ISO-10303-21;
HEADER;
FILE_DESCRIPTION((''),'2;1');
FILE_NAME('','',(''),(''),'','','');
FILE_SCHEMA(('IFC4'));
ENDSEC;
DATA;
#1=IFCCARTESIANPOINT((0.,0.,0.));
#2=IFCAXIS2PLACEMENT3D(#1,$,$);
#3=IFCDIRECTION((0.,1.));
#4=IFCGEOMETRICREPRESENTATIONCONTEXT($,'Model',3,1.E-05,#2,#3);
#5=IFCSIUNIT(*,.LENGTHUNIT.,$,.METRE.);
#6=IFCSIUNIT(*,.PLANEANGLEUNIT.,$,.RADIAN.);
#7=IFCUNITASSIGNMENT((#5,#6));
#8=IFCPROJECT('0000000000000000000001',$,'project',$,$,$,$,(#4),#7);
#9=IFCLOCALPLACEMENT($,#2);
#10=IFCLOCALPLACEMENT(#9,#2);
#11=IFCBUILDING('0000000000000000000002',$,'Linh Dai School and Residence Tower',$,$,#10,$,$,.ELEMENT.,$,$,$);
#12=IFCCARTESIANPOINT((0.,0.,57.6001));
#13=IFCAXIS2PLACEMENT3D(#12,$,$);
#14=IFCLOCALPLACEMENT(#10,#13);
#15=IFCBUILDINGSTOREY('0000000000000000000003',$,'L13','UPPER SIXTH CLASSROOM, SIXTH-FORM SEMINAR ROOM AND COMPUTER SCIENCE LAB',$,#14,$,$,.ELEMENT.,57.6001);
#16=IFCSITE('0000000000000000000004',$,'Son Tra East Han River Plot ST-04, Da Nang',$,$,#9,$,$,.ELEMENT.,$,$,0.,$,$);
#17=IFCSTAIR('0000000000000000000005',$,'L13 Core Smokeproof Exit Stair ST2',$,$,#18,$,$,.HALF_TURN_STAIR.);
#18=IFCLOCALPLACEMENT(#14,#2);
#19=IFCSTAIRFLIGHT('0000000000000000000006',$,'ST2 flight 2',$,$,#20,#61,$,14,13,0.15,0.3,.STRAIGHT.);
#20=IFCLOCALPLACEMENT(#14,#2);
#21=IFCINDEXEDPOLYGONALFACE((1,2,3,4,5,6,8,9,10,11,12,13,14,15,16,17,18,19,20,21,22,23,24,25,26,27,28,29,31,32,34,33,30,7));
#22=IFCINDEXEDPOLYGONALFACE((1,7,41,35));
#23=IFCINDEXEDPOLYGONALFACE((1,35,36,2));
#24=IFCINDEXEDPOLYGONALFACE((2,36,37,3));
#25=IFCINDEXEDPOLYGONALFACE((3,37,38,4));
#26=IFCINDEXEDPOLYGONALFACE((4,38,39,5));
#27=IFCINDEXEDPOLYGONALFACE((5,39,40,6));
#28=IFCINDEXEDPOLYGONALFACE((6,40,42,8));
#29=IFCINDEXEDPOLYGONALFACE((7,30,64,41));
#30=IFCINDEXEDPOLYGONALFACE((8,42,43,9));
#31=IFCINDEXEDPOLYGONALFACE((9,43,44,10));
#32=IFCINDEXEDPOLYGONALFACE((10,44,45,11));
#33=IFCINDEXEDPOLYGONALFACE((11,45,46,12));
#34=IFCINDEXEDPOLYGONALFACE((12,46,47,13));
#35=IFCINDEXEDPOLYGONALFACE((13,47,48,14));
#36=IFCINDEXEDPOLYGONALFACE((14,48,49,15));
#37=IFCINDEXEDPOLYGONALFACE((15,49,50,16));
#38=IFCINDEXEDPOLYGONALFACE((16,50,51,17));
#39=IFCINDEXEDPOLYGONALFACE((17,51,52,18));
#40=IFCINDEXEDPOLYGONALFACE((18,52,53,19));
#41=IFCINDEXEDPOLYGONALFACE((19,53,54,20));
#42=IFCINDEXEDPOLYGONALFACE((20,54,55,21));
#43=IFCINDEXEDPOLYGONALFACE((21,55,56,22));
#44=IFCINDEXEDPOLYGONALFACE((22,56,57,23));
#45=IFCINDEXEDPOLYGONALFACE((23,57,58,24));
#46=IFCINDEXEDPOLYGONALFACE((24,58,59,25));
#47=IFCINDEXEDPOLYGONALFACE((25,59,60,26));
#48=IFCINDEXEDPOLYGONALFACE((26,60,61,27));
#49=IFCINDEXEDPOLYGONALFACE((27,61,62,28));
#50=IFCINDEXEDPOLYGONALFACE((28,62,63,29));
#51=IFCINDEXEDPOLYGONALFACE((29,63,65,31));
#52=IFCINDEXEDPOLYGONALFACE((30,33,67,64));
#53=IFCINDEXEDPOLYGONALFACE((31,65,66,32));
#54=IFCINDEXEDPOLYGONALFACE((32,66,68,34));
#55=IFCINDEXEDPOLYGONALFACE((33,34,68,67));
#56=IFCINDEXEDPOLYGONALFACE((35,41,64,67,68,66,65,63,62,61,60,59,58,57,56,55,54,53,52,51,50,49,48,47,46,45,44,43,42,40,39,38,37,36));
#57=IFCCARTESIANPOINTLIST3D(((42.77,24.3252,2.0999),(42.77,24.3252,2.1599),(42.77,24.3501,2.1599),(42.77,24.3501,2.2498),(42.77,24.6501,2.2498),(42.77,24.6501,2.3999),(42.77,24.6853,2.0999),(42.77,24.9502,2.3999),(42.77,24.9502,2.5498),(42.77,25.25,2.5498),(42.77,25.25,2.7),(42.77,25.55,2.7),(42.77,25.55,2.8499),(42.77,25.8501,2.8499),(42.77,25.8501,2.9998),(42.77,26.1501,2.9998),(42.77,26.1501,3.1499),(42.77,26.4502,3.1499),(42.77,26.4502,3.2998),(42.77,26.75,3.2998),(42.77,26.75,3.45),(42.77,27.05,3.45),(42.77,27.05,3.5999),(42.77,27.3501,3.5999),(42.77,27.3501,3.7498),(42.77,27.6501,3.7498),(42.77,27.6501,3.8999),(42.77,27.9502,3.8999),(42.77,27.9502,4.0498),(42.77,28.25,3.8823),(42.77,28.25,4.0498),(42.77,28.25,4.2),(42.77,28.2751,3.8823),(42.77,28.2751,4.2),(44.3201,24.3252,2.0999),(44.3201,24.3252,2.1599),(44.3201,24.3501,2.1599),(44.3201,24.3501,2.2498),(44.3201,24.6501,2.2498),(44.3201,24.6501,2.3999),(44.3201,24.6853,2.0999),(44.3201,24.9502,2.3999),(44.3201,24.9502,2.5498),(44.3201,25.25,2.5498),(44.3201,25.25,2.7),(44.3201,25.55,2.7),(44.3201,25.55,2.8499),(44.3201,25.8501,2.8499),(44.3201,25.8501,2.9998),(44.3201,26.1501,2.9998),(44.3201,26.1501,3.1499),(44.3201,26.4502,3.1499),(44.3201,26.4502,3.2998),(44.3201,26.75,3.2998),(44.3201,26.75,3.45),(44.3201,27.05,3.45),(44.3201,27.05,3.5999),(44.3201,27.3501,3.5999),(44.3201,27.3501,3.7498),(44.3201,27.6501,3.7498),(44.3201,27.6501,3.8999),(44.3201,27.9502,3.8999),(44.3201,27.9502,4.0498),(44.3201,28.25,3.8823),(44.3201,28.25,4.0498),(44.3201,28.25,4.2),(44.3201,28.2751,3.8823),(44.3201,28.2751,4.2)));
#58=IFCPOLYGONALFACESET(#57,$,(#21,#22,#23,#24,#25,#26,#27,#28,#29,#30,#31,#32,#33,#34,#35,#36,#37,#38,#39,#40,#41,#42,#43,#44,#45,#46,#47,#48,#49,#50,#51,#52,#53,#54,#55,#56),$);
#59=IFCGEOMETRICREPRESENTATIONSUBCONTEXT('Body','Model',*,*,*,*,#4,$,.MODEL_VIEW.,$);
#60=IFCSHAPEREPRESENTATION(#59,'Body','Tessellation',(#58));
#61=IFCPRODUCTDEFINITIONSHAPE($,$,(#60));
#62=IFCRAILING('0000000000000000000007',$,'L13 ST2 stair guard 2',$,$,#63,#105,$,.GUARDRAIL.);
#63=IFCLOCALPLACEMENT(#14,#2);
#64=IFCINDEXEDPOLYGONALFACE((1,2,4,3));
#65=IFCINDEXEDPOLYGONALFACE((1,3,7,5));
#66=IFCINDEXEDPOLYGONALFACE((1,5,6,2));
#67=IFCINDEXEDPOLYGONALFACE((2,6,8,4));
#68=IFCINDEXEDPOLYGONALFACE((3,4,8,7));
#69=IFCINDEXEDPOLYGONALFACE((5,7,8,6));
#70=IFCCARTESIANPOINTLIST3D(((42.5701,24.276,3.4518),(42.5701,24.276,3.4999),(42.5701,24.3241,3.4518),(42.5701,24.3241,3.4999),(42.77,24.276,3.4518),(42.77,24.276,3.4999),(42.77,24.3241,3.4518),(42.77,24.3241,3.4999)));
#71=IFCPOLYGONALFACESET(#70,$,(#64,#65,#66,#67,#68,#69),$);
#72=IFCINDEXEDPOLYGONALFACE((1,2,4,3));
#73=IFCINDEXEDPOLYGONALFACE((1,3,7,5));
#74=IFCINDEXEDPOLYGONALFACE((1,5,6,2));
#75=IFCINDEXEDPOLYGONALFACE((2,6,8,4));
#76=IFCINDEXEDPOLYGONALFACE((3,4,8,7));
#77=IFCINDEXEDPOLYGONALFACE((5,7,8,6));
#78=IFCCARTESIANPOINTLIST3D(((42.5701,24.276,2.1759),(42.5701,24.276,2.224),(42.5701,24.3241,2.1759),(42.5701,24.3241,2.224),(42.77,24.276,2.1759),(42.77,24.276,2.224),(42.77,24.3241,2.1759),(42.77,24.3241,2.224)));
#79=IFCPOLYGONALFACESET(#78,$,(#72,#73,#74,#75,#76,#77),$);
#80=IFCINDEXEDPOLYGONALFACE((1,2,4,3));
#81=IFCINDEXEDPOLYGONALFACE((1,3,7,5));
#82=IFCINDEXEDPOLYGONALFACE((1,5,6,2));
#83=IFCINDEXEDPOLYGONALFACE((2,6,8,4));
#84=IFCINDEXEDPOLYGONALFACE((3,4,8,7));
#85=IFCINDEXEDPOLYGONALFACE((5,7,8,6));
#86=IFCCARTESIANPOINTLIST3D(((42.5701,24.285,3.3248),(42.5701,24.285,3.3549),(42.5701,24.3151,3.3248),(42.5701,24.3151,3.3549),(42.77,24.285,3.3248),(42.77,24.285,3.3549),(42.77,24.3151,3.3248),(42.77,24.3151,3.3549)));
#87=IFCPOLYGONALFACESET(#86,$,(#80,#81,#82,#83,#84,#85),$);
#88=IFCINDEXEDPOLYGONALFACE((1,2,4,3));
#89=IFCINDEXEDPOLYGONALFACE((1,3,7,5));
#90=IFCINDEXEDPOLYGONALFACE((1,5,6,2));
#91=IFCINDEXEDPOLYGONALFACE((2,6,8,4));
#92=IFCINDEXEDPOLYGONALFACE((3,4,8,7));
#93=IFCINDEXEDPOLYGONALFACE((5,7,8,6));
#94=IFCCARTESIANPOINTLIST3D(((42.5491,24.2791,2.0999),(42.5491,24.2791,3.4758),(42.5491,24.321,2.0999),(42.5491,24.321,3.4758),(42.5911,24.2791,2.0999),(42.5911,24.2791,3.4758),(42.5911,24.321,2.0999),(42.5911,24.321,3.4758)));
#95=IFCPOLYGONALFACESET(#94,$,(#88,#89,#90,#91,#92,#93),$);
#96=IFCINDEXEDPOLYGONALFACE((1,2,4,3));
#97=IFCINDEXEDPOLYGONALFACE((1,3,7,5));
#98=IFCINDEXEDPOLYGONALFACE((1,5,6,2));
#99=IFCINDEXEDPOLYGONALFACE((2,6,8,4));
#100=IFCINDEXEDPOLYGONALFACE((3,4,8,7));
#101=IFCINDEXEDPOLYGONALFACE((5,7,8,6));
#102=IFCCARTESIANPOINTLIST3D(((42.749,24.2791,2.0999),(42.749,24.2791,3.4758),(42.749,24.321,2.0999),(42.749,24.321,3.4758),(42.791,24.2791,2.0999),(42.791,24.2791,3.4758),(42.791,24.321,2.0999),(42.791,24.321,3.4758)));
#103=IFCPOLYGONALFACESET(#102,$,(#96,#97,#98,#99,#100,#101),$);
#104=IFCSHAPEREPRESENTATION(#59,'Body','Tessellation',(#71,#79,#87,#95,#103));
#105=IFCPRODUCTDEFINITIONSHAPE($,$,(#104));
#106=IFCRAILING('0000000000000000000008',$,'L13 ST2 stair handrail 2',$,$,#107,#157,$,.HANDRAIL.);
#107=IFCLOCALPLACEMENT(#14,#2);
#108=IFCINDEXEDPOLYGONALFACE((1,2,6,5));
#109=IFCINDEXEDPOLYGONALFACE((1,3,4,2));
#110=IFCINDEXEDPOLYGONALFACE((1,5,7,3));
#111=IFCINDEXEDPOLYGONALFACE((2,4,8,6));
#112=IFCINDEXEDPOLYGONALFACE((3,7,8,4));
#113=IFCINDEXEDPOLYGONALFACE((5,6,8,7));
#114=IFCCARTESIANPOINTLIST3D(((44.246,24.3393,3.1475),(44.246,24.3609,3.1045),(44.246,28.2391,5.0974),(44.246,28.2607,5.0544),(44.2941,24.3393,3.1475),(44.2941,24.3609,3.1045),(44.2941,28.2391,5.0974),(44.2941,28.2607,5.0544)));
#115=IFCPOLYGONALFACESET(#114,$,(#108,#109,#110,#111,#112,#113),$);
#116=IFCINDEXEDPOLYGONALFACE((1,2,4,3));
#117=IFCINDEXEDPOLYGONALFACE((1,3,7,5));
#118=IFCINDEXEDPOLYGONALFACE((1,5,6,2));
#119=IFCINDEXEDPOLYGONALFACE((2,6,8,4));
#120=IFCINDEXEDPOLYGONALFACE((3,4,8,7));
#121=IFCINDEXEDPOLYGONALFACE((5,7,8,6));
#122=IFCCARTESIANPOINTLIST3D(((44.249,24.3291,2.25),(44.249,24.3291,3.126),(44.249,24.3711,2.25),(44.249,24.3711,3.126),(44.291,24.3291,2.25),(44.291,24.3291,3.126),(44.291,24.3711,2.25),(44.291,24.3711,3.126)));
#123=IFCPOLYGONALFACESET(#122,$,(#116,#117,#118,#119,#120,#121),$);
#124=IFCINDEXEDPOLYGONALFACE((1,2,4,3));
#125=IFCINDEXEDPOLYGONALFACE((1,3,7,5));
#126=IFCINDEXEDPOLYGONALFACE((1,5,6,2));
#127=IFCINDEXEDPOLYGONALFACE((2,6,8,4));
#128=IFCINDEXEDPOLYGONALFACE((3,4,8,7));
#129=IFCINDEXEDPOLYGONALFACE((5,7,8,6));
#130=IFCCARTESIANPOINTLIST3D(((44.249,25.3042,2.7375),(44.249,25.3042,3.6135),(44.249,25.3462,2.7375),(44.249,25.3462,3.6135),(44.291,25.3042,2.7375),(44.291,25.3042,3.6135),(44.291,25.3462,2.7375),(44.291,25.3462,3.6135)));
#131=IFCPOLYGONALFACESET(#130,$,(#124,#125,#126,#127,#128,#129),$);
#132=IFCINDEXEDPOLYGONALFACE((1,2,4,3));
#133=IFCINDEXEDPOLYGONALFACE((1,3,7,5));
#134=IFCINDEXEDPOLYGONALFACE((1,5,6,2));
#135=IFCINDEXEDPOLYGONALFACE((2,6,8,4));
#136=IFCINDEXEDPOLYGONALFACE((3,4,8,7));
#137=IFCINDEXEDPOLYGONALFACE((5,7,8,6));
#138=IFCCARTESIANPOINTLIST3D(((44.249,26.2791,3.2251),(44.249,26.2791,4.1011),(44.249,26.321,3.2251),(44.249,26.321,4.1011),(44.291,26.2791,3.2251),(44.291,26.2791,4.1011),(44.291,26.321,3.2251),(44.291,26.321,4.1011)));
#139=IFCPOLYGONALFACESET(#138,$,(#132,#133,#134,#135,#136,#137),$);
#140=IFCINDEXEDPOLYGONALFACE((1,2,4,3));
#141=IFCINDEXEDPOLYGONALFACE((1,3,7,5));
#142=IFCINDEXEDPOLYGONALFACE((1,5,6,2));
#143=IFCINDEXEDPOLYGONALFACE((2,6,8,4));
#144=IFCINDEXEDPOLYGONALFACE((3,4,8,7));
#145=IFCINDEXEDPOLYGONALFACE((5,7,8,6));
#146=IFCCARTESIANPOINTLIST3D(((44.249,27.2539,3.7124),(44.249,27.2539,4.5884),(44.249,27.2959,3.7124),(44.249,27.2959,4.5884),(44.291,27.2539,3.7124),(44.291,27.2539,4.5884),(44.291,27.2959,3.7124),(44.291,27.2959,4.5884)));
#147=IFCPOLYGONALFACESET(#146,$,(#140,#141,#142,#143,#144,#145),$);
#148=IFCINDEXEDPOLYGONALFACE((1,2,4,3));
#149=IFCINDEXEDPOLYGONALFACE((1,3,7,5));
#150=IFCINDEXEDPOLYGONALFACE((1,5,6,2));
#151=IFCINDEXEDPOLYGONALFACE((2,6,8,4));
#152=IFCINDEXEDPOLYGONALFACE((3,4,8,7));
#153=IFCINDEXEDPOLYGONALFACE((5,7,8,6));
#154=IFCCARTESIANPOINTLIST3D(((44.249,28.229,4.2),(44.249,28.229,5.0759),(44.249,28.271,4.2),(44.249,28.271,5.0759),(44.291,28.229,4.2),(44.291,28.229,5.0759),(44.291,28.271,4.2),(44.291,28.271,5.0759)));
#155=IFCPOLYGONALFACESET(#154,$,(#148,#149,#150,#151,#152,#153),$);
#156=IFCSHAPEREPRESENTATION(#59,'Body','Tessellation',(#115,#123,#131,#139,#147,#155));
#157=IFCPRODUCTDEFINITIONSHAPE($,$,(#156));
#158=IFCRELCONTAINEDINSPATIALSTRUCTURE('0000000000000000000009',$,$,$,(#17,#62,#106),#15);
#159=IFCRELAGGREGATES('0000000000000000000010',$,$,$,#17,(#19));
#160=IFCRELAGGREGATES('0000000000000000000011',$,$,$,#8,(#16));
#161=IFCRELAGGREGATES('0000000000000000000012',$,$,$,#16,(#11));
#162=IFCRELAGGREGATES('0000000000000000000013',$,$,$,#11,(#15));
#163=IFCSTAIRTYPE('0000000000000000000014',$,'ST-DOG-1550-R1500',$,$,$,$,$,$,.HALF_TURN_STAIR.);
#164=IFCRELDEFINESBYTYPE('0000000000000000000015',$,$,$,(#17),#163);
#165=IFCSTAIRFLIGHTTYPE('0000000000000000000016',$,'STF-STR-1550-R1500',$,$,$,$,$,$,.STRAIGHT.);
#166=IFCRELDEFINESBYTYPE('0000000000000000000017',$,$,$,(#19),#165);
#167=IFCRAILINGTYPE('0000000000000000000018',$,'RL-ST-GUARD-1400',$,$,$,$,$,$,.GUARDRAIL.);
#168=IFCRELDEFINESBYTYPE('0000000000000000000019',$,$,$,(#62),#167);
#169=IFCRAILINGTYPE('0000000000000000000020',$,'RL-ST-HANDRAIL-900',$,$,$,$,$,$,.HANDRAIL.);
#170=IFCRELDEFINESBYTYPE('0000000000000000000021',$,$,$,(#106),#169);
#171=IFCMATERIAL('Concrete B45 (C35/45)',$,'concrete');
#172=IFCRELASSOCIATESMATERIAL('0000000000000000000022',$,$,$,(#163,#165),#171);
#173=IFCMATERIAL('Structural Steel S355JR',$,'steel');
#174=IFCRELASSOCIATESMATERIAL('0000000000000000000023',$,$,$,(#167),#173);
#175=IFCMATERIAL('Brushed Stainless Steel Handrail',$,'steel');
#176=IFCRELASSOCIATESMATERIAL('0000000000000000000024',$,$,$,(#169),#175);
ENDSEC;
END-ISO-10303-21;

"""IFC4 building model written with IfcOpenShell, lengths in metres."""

from ifc_helpers import new_model, si_unit, direction, frame, origin, origin_2d, place, context, subcontext, project, spatial, polyline, rectangle, outline, extrude, source, transform, mapped, material, type_object, element, aggregate, save


model = new_model("IFC4")

# Units and contexts
model_context = context("Model", 3, precision=1e-05, world=origin(), true_north=direction((0.0, 1.0)))
body_context = subcontext(model_context, "Body", "Model", "MODEL_VIEW")
ifc_project = project(units=[si_unit("LENGTHUNIT", "METRE"), si_unit("PLANEANGLEUNIT", "RADIAN")], contexts=[model_context])

# Site, building, storey
site_placement = place(None, origin())
site = spatial("IfcSite", under=ifc_project, at=site_placement, Name="Son Tra East Han River Plot ST-04, Da Nang", CompositionType="ELEMENT", RefElevation=0.0)
building_placement = place(site_placement, origin())
building = spatial("IfcBuilding", under=site, at=building_placement, Name="Linh Dai School and Residence Tower", CompositionType="ELEMENT")
storey_placement = place(building_placement, frame((0.0, 0.0, 57.6001)))
storey = spatial("IfcBuildingStorey", under=building, at=storey_placement, Name="L13", Description="UPPER SIXTH CLASSROOM, SIXTH-FORM SEMINAR ROOM AND COMPUTER SCIENCE LAB", CompositionType="ELEMENT", Elevation=57.6001)

# Shared definitions
ifc_material_1 = material(Name="Structural Steel S355JR", Category="steel")

# Shared definitions
ifc_material_2 = material(Name="Concrete B45 (C35/45)", Category="concrete")

# Stair, stair flight
stair_type = type_object("IfcStairType", Name="ST-DOG-1550-R1500", PredefinedType="HALF_TURN_STAIR", material=ifc_material_2)
stair_placement = place(storey_placement, origin())
stair = element("IfcStair", 1, at=stair_placement, inside=storey, type_object=stair_type, Name="L13 Core Smokeproof Exit Stair ST2", PredefinedType="HALF_TURN_STAIR")
stair_flight_type = type_object("IfcStairFlightType", Name="STF-STR-1550-R1500", PredefinedType="STRAIGHT", material=ifc_material_2)
shared_shape_1 = source(origin(), body_context, "Body", "SweptSolid", [
    extrude(outline(polyline([(-0.0249, 0.0), (-0.0249, 0.0601), (0.0, 0.0601), (0.0, 0.1499), (0.3, 0.1499), (0.3, 0.3), (0.6001, 0.3), (0.6001, 0.45), (0.8999, 0.45), (0.8999, 0.6001), (1.2, 0.6001), (1.2, 0.75), (1.5, 0.75), (1.5, 0.8999), (1.8, 0.8999), (1.8, 1.05), (2.1001, 1.05), (2.1001, 1.2), (2.3999, 1.2), (2.3999, 1.3501), (2.7, 1.3501), (2.7, 1.5), (3.0, 1.5), (3.0, 1.6499), (3.3, 1.6499), (3.3, 1.8), (3.6001, 1.8), (3.6001, 1.95), (3.8999, 1.95), (3.8999, 2.1001), (3.925, 2.1001), (3.925, 1.7825), (3.8999, 1.7825), (0.3352, 0.0), (-0.0249, 0.0)])), frame((0.0, 0.7749, 0.0), z_axis=(0.0, -1.0, 0.0), x_axis=(1.0, 0.0, 0.0)), (0.0, 0.0, 1.0), 1.55),
])
stair_flight_placement = place(storey_placement, frame((43.5449, 24.3501, 2.0999), z_axis=(0.0, 0.0, 1.0), x_axis=(0.0, 1.0, 0.0)))
stair_flight = element("IfcStairFlight", 2, at=stair_flight_placement, type_object=stair_flight_type, Name="ST2 flight 2", NumberOfRisers=14, NumberOfTreads=13, PredefinedType="STRAIGHT", RiserHeight=0.15, TreadLength=0.3, context=body_context, shape_type="MappedRepresentation", body=[
    mapped(shared_shape_1, transform((0.0, 0.0, 0.0), x_axis=(1.0, 0.0, 0.0), y_axis=(0.0, 1.0, 0.0), z_axis=(0.0, 0.0, 1.0), scale=1.0)),
])
aggregate(stair, [stair_flight])

# Railings
railing_type_1 = type_object("IfcRailingType", Name="RL-ST-GUARD-1400", PredefinedType="GUARDRAIL", material=ifc_material_1)
shared_shape_2 = source(origin(), body_context, "Body", "SweptSolid", [
    extrude(rectangle(XDim=0.0481, YDim=0.0481, at=origin_2d()), frame((0.0, 0.0, 1.376), z_axis=(1.0, 0.0, 0.0), x_axis=(0.0, 1.0, 0.0)), (0.0, 0.0, 1.0), 0.2),
    extrude(rectangle(XDim=0.0481, YDim=0.0481, at=origin_2d()), frame((0.0, 0.0, 0.1001), z_axis=(1.0, 0.0, 0.0), x_axis=(0.0, 1.0, 0.0)), (0.0, 0.0, 1.0), 0.2),
    extrude(rectangle(XDim=0.03, YDim=0.03, at=origin_2d()), frame((0.0, 0.0, 1.24), z_axis=(1.0, 0.0, 0.0), x_axis=(0.0, 1.0, 0.0)), (0.0, 0.0, 1.0), 0.2),
    extrude(rectangle(XDim=0.042, YDim=0.042, at=origin_2d()), origin(), (0.0, 0.0, 1.0), 1.376),
    extrude(rectangle(XDim=0.042, YDim=0.042, at=origin_2d()), frame((0.2, 0.0, 0.0)), (0.0, 0.0, 1.0), 1.376),
])
railing_1_placement = place(storey_placement, frame((42.5701, 24.3, 2.0999)))
element("IfcRailing", 3, at=railing_1_placement, inside=storey, type_object=railing_type_1, Name="L13 ST2 stair guard 2", PredefinedType="GUARDRAIL", context=body_context, shape_type="MappedRepresentation", body=[
    mapped(shared_shape_2, transform((0.0, 0.0, 0.0), x_axis=(1.0, 0.0, 0.0), y_axis=(0.0, 1.0, 0.0), z_axis=(0.0, 0.0, 1.0), scale=1.0)),
])
ifc_material_3 = material(Name="Brushed Stainless Steel Handrail", Category="steel")
railing_type_2 = type_object("IfcRailingType", Name="RL-ST-HANDRAIL-900", PredefinedType="HANDRAIL", material=ifc_material_3)
shared_shape_3 = source(origin(), body_context, "Body", "SweptSolid", [
    extrude(rectangle(XDim=0.0481, YDim=0.0481, at=origin_2d()), frame((0.0, 0.0, 0.876), z_axis=(0.0, 0.894427, 0.447214), x_axis=(-1.0, 0.0, 0.0)), (0.0, 0.0, 1.0), 4.3601),
    extrude(rectangle(XDim=0.042, YDim=0.042, at=origin_2d()), origin(), (0.0, 0.0, 1.0), 0.876),
    extrude(rectangle(XDim=0.042, YDim=0.042, at=origin_2d()), frame((0.0, 0.9751, 0.4875)), (0.0, 0.0, 1.0), 0.876),
    extrude(rectangle(XDim=0.042, YDim=0.042, at=origin_2d()), frame((0.0, 1.95, 0.9751)), (0.0, 0.0, 1.0), 0.876),
    extrude(rectangle(XDim=0.042, YDim=0.042, at=origin_2d()), frame((0.0, 2.9248, 1.4624)), (0.0, 0.0, 1.0), 0.876),
    extrude(rectangle(XDim=0.042, YDim=0.042, at=origin_2d()), frame((0.0, 3.8999, 1.95)), (0.0, 0.0, 1.0), 0.876),
])
railing_2_placement = place(storey_placement, frame((44.27, 24.3501, 2.25)))
element("IfcRailing", 4, at=railing_2_placement, inside=storey, type_object=railing_type_2, Name="L13 ST2 stair handrail 2", PredefinedType="HANDRAIL", context=body_context, shape_type="MappedRepresentation", body=[
    mapped(shared_shape_3, transform((0.0, 0.0, 0.0), x_axis=(1.0, 0.0, 0.0), y_axis=(0.0, 1.0, 0.0), z_axis=(0.0, 0.0, 1.0), scale=1.0)),
])

save(model, "model.ifc")
